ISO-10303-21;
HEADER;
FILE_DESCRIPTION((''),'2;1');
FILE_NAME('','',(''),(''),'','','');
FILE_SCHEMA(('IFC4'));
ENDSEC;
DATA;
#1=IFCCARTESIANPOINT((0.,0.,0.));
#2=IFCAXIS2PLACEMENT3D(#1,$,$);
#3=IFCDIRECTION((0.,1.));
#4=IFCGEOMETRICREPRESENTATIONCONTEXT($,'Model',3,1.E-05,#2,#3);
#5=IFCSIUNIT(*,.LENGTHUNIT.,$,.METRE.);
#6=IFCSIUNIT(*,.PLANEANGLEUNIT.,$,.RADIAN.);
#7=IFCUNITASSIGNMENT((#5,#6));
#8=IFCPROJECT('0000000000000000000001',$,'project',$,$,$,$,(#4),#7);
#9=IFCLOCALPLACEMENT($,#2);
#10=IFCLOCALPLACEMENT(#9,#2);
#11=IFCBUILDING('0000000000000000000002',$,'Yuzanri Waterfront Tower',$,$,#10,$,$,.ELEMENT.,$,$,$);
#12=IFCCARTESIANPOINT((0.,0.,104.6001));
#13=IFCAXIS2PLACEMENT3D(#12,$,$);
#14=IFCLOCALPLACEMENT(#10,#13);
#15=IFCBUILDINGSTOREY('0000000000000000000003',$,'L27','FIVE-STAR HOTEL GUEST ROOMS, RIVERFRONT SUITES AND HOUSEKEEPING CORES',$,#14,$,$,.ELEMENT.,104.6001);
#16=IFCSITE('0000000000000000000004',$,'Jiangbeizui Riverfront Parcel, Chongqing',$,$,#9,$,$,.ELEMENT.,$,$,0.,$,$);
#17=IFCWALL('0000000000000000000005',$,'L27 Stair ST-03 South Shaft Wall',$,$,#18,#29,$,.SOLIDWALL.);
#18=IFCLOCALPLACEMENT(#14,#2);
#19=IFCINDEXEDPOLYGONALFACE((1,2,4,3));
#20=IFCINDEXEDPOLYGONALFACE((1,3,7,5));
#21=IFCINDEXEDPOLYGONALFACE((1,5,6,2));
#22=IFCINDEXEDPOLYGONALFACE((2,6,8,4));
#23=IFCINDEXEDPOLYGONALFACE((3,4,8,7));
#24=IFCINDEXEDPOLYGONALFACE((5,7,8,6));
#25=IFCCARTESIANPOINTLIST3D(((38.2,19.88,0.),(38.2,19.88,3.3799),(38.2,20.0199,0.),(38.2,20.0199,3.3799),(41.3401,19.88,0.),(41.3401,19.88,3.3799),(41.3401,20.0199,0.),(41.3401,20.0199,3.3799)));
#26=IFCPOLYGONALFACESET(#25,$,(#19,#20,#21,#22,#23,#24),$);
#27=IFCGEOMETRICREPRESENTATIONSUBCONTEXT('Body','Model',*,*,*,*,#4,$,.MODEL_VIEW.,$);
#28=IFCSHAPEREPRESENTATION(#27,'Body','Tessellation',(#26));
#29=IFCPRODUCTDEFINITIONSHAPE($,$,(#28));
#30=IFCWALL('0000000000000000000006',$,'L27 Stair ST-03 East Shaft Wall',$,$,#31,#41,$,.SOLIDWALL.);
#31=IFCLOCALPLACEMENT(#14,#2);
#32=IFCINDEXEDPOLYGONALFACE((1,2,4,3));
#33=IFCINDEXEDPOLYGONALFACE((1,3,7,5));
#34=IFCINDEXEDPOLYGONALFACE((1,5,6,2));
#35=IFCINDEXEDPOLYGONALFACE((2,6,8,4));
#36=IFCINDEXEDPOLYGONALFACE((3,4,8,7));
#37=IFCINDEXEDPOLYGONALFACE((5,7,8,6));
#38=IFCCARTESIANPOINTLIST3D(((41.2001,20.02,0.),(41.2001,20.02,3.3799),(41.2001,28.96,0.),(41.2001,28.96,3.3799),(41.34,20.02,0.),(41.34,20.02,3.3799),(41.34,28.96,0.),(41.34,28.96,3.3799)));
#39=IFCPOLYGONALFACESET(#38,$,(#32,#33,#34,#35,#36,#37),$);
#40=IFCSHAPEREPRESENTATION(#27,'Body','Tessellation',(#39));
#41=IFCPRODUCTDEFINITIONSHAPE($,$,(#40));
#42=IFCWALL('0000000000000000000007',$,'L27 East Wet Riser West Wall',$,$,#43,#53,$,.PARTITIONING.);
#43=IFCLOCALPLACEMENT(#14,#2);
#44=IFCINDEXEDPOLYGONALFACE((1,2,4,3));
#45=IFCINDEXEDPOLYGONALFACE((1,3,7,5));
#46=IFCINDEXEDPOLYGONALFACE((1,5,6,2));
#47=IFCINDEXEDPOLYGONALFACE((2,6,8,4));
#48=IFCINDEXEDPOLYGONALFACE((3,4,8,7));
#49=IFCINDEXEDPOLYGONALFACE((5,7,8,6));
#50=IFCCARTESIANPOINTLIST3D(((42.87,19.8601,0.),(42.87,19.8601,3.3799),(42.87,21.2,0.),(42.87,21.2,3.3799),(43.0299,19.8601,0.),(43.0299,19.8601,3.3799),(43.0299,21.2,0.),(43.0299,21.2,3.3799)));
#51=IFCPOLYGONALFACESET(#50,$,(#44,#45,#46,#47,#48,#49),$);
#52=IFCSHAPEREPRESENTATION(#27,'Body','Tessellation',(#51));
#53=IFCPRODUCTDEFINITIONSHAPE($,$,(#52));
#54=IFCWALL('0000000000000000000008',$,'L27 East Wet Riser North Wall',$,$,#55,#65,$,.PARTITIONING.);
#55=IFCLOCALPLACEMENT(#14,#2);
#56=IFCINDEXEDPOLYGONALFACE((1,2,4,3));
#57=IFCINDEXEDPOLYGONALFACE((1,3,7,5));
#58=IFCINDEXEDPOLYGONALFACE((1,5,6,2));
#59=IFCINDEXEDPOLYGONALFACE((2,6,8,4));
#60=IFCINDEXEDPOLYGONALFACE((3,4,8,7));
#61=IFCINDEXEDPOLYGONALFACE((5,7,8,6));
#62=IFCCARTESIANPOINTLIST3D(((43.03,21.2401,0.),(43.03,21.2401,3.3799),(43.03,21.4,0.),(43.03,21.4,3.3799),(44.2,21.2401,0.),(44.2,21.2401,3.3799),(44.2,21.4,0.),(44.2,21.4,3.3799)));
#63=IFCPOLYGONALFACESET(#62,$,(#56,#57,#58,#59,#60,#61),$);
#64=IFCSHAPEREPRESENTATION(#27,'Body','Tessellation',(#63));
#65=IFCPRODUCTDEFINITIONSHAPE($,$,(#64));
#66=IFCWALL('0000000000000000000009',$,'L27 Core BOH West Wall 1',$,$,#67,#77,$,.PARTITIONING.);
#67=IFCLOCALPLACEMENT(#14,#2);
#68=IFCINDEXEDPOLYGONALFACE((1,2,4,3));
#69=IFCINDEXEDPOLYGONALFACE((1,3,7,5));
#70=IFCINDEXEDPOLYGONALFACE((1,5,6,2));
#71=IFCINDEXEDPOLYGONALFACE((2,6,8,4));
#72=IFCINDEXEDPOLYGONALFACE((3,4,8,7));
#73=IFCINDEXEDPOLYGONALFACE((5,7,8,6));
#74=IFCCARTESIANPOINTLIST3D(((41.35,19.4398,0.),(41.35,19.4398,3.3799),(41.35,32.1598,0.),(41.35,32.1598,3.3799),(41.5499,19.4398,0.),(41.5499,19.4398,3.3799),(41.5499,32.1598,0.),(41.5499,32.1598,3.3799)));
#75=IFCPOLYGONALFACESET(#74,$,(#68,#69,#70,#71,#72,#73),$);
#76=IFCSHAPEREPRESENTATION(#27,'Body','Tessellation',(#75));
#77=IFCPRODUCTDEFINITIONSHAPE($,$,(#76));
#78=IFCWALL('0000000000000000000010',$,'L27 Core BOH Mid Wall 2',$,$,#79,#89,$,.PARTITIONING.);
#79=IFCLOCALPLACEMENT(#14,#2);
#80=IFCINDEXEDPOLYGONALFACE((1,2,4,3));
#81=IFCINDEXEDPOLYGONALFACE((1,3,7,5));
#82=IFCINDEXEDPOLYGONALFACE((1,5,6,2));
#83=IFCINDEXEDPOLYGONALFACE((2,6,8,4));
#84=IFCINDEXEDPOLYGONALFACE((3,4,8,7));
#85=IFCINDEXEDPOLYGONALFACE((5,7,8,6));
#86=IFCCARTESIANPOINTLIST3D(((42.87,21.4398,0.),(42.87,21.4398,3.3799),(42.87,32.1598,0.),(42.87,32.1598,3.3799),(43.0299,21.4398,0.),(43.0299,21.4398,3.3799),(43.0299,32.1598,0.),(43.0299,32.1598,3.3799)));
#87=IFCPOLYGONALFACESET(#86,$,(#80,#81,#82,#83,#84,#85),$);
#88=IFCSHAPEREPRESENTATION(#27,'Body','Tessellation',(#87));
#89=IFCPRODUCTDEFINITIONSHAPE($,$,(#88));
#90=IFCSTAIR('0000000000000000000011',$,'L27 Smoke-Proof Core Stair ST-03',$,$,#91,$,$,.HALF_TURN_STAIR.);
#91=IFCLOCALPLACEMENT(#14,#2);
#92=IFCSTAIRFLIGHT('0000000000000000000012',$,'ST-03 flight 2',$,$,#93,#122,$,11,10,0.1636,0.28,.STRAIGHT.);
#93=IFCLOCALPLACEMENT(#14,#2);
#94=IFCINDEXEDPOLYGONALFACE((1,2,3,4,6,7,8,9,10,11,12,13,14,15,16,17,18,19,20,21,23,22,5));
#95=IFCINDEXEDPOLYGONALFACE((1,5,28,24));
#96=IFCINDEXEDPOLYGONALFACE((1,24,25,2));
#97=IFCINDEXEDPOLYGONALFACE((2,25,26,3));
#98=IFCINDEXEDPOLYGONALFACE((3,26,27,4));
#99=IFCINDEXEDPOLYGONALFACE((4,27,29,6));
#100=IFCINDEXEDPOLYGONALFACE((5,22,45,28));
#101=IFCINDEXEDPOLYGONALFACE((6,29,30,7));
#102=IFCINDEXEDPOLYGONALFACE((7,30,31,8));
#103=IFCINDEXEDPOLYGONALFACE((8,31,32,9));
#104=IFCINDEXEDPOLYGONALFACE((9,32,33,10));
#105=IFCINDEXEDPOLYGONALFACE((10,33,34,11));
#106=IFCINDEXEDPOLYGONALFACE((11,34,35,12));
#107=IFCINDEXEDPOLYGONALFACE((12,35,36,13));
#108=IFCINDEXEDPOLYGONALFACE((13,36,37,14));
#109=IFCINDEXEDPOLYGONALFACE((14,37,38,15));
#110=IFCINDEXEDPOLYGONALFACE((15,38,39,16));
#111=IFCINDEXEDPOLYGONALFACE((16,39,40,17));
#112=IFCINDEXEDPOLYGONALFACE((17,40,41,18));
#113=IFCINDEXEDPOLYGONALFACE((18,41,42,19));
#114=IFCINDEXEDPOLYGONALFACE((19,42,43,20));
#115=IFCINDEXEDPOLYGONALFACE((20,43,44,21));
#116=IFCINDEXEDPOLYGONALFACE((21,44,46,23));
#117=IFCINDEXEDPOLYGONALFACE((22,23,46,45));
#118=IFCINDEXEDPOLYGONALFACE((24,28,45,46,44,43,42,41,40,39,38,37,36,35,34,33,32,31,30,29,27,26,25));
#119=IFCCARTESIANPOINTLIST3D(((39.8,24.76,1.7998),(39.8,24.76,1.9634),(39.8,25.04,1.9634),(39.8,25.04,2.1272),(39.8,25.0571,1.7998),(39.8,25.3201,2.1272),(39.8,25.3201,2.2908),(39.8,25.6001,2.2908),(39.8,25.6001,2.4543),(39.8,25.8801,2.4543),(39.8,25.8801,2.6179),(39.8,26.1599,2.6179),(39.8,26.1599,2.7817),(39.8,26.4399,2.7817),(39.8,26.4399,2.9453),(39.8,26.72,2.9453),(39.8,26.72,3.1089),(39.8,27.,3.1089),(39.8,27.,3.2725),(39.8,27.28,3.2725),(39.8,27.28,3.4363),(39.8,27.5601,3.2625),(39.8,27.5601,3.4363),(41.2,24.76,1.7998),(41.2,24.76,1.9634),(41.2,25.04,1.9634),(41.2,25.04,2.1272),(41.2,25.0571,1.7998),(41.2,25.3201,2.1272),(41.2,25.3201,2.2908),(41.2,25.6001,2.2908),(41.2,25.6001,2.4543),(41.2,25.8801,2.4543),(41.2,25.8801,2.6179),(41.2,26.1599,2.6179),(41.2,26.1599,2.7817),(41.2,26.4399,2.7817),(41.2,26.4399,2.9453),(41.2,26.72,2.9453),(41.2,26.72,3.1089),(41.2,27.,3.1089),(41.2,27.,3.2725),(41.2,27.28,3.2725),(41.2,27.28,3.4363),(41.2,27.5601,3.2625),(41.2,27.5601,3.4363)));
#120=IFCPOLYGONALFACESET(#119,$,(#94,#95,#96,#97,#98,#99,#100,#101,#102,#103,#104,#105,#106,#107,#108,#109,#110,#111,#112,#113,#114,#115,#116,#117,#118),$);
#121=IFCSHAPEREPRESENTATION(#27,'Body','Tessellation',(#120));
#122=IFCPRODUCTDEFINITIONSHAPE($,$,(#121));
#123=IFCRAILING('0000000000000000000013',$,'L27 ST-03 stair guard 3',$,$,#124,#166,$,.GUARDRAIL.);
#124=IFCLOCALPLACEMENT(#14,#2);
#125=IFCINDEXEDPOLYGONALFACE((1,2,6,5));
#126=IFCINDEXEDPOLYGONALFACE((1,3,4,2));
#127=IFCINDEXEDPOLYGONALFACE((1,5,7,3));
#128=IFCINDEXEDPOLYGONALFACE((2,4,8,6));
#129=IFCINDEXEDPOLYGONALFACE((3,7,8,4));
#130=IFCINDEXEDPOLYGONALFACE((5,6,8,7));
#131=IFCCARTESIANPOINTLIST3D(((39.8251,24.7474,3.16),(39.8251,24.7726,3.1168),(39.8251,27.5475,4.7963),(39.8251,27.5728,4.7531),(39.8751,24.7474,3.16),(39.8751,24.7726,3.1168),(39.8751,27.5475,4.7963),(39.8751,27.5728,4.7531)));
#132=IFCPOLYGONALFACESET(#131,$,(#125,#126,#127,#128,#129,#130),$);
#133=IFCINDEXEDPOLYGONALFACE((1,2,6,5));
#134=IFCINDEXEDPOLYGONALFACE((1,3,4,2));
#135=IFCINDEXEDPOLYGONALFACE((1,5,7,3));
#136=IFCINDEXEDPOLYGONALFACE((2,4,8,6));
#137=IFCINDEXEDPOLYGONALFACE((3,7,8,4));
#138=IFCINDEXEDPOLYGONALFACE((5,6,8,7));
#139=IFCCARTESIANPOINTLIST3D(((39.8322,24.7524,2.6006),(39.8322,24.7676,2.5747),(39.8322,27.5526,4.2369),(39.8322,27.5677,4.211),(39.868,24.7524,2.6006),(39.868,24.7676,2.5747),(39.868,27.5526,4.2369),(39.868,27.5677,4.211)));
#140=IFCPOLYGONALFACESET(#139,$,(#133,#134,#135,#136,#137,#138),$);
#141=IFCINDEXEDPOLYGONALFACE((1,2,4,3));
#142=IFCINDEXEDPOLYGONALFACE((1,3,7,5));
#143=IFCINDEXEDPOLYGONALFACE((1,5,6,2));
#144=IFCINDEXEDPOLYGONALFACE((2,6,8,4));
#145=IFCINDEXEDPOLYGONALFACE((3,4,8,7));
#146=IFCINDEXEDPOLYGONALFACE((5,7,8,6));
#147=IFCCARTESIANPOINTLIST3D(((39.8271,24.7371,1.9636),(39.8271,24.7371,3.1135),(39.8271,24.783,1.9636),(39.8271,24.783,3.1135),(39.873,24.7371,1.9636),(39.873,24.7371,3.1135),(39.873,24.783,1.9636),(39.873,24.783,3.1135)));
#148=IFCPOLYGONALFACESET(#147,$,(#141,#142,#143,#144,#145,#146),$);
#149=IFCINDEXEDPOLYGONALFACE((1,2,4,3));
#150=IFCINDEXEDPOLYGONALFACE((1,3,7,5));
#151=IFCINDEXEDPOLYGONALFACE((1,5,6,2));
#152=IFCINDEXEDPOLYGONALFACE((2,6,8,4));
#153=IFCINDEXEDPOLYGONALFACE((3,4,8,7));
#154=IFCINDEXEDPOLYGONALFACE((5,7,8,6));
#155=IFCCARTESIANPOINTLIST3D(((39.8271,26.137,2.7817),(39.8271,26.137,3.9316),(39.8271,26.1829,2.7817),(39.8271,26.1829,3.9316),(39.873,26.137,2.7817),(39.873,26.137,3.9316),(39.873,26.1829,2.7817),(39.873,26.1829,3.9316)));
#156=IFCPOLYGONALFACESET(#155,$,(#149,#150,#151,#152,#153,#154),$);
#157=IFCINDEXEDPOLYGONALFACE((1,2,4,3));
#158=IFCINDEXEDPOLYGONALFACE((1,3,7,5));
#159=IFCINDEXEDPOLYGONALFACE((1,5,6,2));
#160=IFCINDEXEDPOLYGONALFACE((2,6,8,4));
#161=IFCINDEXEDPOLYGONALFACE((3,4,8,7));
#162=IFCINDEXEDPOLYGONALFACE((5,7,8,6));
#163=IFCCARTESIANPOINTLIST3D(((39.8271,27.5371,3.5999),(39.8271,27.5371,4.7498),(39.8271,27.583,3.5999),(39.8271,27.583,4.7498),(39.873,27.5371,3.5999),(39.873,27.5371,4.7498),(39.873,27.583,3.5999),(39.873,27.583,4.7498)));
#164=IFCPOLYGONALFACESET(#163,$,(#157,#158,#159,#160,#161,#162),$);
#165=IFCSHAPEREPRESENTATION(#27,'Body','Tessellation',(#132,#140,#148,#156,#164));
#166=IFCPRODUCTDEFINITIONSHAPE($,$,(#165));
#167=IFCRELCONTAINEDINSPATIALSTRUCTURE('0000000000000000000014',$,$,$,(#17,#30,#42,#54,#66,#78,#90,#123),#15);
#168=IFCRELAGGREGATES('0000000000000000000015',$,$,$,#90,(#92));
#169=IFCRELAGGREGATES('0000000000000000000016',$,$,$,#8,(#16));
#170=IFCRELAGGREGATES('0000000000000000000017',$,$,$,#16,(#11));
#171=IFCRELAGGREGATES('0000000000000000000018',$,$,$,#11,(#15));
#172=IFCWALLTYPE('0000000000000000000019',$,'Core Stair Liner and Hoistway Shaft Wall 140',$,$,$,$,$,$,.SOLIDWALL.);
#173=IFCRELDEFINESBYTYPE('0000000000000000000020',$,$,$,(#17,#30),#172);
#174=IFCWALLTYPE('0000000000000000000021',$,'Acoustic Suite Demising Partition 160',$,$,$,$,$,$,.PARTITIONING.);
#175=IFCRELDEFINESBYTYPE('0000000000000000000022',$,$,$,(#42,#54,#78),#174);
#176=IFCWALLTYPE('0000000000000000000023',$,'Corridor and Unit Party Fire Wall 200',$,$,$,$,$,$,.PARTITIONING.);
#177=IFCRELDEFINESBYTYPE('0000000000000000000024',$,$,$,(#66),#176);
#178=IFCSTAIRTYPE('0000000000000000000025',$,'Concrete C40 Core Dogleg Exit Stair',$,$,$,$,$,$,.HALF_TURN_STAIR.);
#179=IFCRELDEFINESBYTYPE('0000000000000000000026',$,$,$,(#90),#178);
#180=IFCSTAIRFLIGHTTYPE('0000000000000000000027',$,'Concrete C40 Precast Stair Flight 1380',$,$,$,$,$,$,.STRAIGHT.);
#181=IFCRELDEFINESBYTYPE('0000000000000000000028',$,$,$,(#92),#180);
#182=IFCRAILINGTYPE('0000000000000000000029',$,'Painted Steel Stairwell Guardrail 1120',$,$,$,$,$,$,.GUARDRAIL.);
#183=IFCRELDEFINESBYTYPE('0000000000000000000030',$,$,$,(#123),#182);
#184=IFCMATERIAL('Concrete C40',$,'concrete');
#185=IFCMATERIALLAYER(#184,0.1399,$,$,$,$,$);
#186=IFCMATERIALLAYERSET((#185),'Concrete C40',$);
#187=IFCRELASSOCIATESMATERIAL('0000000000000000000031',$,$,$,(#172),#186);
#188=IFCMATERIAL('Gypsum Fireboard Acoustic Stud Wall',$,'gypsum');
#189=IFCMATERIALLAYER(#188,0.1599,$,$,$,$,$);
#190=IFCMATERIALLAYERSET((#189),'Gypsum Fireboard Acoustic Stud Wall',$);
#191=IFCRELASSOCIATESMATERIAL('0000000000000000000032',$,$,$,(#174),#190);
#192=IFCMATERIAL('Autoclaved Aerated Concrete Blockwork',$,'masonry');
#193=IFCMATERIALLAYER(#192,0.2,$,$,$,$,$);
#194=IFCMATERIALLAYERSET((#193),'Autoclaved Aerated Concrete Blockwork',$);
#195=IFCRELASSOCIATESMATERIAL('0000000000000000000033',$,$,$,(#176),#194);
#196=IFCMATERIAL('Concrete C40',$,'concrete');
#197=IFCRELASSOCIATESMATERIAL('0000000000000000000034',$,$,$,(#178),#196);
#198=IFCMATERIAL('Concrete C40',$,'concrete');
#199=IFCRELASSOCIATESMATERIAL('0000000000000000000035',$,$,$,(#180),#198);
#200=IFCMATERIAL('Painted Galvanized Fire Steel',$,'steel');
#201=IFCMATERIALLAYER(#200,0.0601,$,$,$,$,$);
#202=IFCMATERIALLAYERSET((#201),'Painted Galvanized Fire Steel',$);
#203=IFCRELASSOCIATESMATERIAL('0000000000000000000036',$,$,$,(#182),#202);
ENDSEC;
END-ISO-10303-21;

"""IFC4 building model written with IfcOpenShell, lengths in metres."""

from ifc_helpers import new_model, si_unit, direction, frame, frame_2d, origin, origin_2d, place, context, subcontext, project, spatial, polyline, rectangle, outline, extrude, source, transform, mapped, material, layer, layer_set, type_object, element, aggregate, save


model = new_model("IFC4")

# Units and contexts
model_context = context("Model", 3, precision=1e-05, world=origin(), true_north=direction((0.0, 1.0)))
body_context = subcontext(model_context, "Body", "Model", "MODEL_VIEW")
ifc_project = project(units=[si_unit("LENGTHUNIT", "METRE"), si_unit("PLANEANGLEUNIT", "RADIAN")], contexts=[model_context])

# Site, building, storey
site_placement = place(None, origin())
site = spatial("IfcSite", under=ifc_project, at=site_placement, Name="Jiangbeizui Riverfront Parcel, Chongqing", CompositionType="ELEMENT", RefElevation=0.0)
building_placement = place(site_placement, origin())
building = spatial("IfcBuilding", under=site, at=building_placement, Name="Yuzanri Waterfront Tower", CompositionType="ELEMENT")
storey_placement = place(building_placement, frame((0.0, 0.0, 104.6001)))
storey = spatial("IfcBuildingStorey", under=building, at=storey_placement, Name="L27", Description="FIVE-STAR HOTEL GUEST ROOMS, RIVERFRONT SUITES AND HOUSEKEEPING CORES", CompositionType="ELEMENT", Elevation=104.6001)

# Shared definitions
ifc_material_1 = material(Name="Concrete C40", Category="concrete")
ifc_layer_1 = layer(ifc_material_1, 0.1399)
ifc_layer_set_1 = layer_set([ifc_layer_1], Name="Concrete C40")
wall_type_1 = type_object("IfcWallType", Name="Core Stair Liner and Hoistway Shaft Wall 140", PredefinedType="SOLIDWALL", material=ifc_layer_set_1)

# Walls
shared_shape_1 = source(origin(), body_context, "Body", "SweptSolid", [
    extrude(rectangle(XDim=3.1401, YDim=0.1399, at=frame_2d((1.5701, 0.0))), origin(), (0.0, 0.0, 1.0), 3.3799),
])
wall_1_placement = place(storey_placement, frame((38.2, 19.95, 0.0), z_axis=(0.0, 0.0, 1.0), x_axis=(1.0, 0.0, 0.0)))
element("IfcWall", 1, at=wall_1_placement, inside=storey, type_object=wall_type_1, Name="L27 Stair ST-03 South Shaft Wall", PredefinedType="SOLIDWALL", context=body_context, shape_type="MappedRepresentation", body=[
    mapped(shared_shape_1, transform((0.0, 0.0, 0.0), scale=1.0)),
])
shared_shape_2 = source(origin(), body_context, "Body", "SweptSolid", [
    extrude(rectangle(XDim=8.9399, YDim=0.1399, at=frame_2d((4.47, 0.0))), origin(), (0.0, 0.0, 1.0), 3.3799),
])
wall_2_placement = place(storey_placement, frame((41.27, 20.02, 0.0), z_axis=(0.0, 0.0, 1.0), x_axis=(0.0, 1.0, 0.0)))
element("IfcWall", 2, at=wall_2_placement, inside=storey, type_object=wall_type_1, Name="L27 Stair ST-03 East Shaft Wall", PredefinedType="SOLIDWALL", context=body_context, shape_type="MappedRepresentation", body=[
    mapped(shared_shape_2, transform((0.0, 0.0, 0.0), scale=1.0)),
])
ifc_material_2 = material(Name="Gypsum Fireboard Acoustic Stud Wall", Category="gypsum")
ifc_layer_2 = layer(ifc_material_2, 0.1599)
ifc_layer_set_2 = layer_set([ifc_layer_2], Name="Gypsum Fireboard Acoustic Stud Wall")
wall_type_2 = type_object("IfcWallType", Name="Acoustic Suite Demising Partition 160", PredefinedType="PARTITIONING", material=ifc_layer_set_2)
shared_shape_3 = source(origin(), body_context, "Body", "SweptSolid", [
    extrude(rectangle(XDim=1.3398, YDim=0.1599, at=frame_2d((0.6699, 0.0))), origin(), (0.0, 0.0, 1.0), 3.3799),
])
wall_3_placement = place(storey_placement, frame((42.95, 19.8601, 0.0), z_axis=(0.0, 0.0, 1.0), x_axis=(0.0, 1.0, 0.0)))
element("IfcWall", 3, at=wall_3_placement, inside=storey, type_object=wall_type_2, Name="L27 East Wet Riser West Wall", PredefinedType="PARTITIONING", context=body_context, shape_type="MappedRepresentation", body=[
    mapped(shared_shape_3, transform((0.0, 0.0, 0.0), scale=1.0)),
])
shared_shape_4 = source(origin(), body_context, "Body", "SweptSolid", [
    extrude(rectangle(XDim=1.1699, YDim=0.1599, at=frame_2d((0.585, 0.0))), origin(), (0.0, 0.0, 1.0), 3.3799),
])
wall_4_placement = place(storey_placement, frame((43.03, 21.3201, 0.0), z_axis=(0.0, 0.0, 1.0), x_axis=(1.0, 0.0, 0.0)))
element("IfcWall", 4, at=wall_4_placement, inside=storey, type_object=wall_type_2, Name="L27 East Wet Riser North Wall", PredefinedType="PARTITIONING", context=body_context, shape_type="MappedRepresentation", body=[
    mapped(shared_shape_4, transform((0.0, 0.0, 0.0), scale=1.0)),
])
ifc_material_3 = material(Name="Autoclaved Aerated Concrete Blockwork", Category="masonry")
ifc_layer_3 = layer(ifc_material_3, 0.2)
ifc_layer_set_3 = layer_set([ifc_layer_3], Name="Autoclaved Aerated Concrete Blockwork")
wall_type_3 = type_object("IfcWallType", Name="Corridor and Unit Party Fire Wall 200", PredefinedType="PARTITIONING", material=ifc_layer_set_3)
shared_shape_5 = source(origin(), body_context, "Body", "SweptSolid", [
    extrude(rectangle(XDim=12.72, YDim=0.2, at=frame_2d((6.3599, 0.0))), origin(), (0.0, 0.0, 1.0), 3.3799),
])
wall_5_placement = place(storey_placement, frame((41.45, 19.4399, 0.0), z_axis=(0.0, 0.0, 1.0), x_axis=(0.0, 1.0, 0.0)))
element("IfcWall", 5, at=wall_5_placement, inside=storey, type_object=wall_type_3, Name="L27 Core BOH West Wall 1", PredefinedType="PARTITIONING", context=body_context, shape_type="MappedRepresentation", body=[
    mapped(shared_shape_5, transform((0.0, 0.0, 0.0), scale=1.0)),
])
shared_shape_6 = source(origin(), body_context, "Body", "SweptSolid", [
    extrude(rectangle(XDim=10.72, YDim=0.1599, at=frame_2d((5.3599, 0.0))), origin(), (0.0, 0.0, 1.0), 3.3799),
])
wall_6_placement = place(storey_placement, frame((42.95, 21.4399, 0.0), z_axis=(0.0, 0.0, 1.0), x_axis=(0.0, 1.0, 0.0)))
element("IfcWall", 6, at=wall_6_placement, inside=storey, type_object=wall_type_2, Name="L27 Core BOH Mid Wall 2", PredefinedType="PARTITIONING", context=body_context, shape_type="MappedRepresentation", body=[
    mapped(shared_shape_6, transform((0.0, 0.0, 0.0), scale=1.0)),
])

# Stair, stair flight
ifc_material_4 = material(Name="Concrete C40", Category="concrete")
stair_type = type_object("IfcStairType", Name="Concrete C40 Core Dogleg Exit Stair", PredefinedType="HALF_TURN_STAIR", material=ifc_material_4)
stair_placement = place(storey_placement, origin())
stair = element("IfcStair", 7, at=stair_placement, inside=storey, type_object=stair_type, Name="L27 Smoke-Proof Core Stair ST-03", PredefinedType="HALF_TURN_STAIR")
ifc_material_5 = material(Name="Concrete C40", Category="concrete")
stair_flight_type = type_object("IfcStairFlightType", Name="Concrete C40 Precast Stair Flight 1380", PredefinedType="STRAIGHT", material=ifc_material_5)
shared_shape_7 = source(origin(), body_context, "Body", "SweptSolid", [
    extrude(outline(polyline([(0.0, 0.0), (0.0, 0.1636), (0.28, 0.1636), (0.28, 0.3274), (0.5601, 0.3274), (0.5601, 0.491), (0.8401, 0.491), (0.8401, 0.6545), (1.1201, 0.6545), (1.1201, 0.8181), (1.3999, 0.8181), (1.3999, 0.9819), (1.6799, 0.9819), (1.6799, 1.1455), (1.96, 1.1455), (1.96, 1.3091), (2.24, 1.3091), (2.24, 1.4727), (2.52, 1.4727), (2.52, 1.6365), (2.8, 1.6365), (2.8, 1.8), (2.8, 1.4626), (0.2971, 0.0), (0.0, 0.0)])), frame((0.0, 0.7, 0.0), z_axis=(0.0, -1.0, 0.0), x_axis=(1.0, 0.0, 0.0)), (0.0, 0.0, 1.0), 1.3999),
])
stair_flight_placement = place(storey_placement, frame((40.5, 24.76, 1.7998), z_axis=(0.0, 0.0, 1.0), x_axis=(0.0, 1.0, 0.0)))
stair_flight = element("IfcStairFlight", 8, at=stair_flight_placement, type_object=stair_flight_type, Name="ST-03 flight 2", NumberOfRisers=11, NumberOfTreads=10, PredefinedType="STRAIGHT", RiserHeight=0.1636, TreadLength=0.28, context=body_context, shape_type="MappedRepresentation", body=[
    mapped(shared_shape_7, transform((0.0, 0.0, 0.0), scale=1.0)),
])
aggregate(stair, [stair_flight])

# Railing
ifc_material_6 = material(Name="Painted Galvanized Fire Steel", Category="steel")
ifc_layer_4 = layer(ifc_material_6, 0.0601)
ifc_layer_set_4 = layer_set([ifc_layer_4], Name="Painted Galvanized Fire Steel")
railing_type_1 = type_object("IfcRailingType", Name="Painted Steel Stairwell Guardrail 1120", PredefinedType="GUARDRAIL", material=ifc_layer_set_4)
shared_shape_8 = source(origin(), body_context, "Body", "SweptSolid", [
    extrude(rectangle(XDim=0.05, YDim=0.05, at=origin_2d()), frame((0.0, 0.0, 1.1748), z_axis=(0.0, 0.863394, 0.504531), x_axis=(-1.0, 0.0, 0.0)), (0.0, 0.0, 1.0), 3.2432),
    extrude(rectangle(XDim=0.0359, YDim=0.03, at=origin_2d()), frame((0.0, 0.0, 0.624), z_axis=(0.0, 0.863394, 0.504531), x_axis=(-1.0, 0.0, 0.0)), (0.0, 0.0, 1.0), 3.2432),
    extrude(rectangle(XDim=0.0459, YDim=0.0459, at=origin_2d()), origin(), (0.0, 0.0, 1.0), 1.1499),
    extrude(rectangle(XDim=0.0459, YDim=0.0459, at=origin_2d()), frame((0.0, 1.3999, 0.8181)), (0.0, 0.0, 1.0), 1.1499),
    extrude(rectangle(XDim=0.0459, YDim=0.0459, at=origin_2d()), frame((0.0, 2.8, 1.6362)), (0.0, 0.0, 1.0), 1.1499),
])
railing_1_placement = place(storey_placement, frame((39.8501, 24.76, 1.9636)))
element("IfcRailing", 9, at=railing_1_placement, inside=storey, type_object=railing_type_1, Name="L27 ST-03 stair guard 3", PredefinedType="GUARDRAIL", context=body_context, shape_type="MappedRepresentation", body=[
    mapped(shared_shape_8, transform((0.0, 0.0, 0.0), scale=1.0)),
])

save(model, "model.ifc")
